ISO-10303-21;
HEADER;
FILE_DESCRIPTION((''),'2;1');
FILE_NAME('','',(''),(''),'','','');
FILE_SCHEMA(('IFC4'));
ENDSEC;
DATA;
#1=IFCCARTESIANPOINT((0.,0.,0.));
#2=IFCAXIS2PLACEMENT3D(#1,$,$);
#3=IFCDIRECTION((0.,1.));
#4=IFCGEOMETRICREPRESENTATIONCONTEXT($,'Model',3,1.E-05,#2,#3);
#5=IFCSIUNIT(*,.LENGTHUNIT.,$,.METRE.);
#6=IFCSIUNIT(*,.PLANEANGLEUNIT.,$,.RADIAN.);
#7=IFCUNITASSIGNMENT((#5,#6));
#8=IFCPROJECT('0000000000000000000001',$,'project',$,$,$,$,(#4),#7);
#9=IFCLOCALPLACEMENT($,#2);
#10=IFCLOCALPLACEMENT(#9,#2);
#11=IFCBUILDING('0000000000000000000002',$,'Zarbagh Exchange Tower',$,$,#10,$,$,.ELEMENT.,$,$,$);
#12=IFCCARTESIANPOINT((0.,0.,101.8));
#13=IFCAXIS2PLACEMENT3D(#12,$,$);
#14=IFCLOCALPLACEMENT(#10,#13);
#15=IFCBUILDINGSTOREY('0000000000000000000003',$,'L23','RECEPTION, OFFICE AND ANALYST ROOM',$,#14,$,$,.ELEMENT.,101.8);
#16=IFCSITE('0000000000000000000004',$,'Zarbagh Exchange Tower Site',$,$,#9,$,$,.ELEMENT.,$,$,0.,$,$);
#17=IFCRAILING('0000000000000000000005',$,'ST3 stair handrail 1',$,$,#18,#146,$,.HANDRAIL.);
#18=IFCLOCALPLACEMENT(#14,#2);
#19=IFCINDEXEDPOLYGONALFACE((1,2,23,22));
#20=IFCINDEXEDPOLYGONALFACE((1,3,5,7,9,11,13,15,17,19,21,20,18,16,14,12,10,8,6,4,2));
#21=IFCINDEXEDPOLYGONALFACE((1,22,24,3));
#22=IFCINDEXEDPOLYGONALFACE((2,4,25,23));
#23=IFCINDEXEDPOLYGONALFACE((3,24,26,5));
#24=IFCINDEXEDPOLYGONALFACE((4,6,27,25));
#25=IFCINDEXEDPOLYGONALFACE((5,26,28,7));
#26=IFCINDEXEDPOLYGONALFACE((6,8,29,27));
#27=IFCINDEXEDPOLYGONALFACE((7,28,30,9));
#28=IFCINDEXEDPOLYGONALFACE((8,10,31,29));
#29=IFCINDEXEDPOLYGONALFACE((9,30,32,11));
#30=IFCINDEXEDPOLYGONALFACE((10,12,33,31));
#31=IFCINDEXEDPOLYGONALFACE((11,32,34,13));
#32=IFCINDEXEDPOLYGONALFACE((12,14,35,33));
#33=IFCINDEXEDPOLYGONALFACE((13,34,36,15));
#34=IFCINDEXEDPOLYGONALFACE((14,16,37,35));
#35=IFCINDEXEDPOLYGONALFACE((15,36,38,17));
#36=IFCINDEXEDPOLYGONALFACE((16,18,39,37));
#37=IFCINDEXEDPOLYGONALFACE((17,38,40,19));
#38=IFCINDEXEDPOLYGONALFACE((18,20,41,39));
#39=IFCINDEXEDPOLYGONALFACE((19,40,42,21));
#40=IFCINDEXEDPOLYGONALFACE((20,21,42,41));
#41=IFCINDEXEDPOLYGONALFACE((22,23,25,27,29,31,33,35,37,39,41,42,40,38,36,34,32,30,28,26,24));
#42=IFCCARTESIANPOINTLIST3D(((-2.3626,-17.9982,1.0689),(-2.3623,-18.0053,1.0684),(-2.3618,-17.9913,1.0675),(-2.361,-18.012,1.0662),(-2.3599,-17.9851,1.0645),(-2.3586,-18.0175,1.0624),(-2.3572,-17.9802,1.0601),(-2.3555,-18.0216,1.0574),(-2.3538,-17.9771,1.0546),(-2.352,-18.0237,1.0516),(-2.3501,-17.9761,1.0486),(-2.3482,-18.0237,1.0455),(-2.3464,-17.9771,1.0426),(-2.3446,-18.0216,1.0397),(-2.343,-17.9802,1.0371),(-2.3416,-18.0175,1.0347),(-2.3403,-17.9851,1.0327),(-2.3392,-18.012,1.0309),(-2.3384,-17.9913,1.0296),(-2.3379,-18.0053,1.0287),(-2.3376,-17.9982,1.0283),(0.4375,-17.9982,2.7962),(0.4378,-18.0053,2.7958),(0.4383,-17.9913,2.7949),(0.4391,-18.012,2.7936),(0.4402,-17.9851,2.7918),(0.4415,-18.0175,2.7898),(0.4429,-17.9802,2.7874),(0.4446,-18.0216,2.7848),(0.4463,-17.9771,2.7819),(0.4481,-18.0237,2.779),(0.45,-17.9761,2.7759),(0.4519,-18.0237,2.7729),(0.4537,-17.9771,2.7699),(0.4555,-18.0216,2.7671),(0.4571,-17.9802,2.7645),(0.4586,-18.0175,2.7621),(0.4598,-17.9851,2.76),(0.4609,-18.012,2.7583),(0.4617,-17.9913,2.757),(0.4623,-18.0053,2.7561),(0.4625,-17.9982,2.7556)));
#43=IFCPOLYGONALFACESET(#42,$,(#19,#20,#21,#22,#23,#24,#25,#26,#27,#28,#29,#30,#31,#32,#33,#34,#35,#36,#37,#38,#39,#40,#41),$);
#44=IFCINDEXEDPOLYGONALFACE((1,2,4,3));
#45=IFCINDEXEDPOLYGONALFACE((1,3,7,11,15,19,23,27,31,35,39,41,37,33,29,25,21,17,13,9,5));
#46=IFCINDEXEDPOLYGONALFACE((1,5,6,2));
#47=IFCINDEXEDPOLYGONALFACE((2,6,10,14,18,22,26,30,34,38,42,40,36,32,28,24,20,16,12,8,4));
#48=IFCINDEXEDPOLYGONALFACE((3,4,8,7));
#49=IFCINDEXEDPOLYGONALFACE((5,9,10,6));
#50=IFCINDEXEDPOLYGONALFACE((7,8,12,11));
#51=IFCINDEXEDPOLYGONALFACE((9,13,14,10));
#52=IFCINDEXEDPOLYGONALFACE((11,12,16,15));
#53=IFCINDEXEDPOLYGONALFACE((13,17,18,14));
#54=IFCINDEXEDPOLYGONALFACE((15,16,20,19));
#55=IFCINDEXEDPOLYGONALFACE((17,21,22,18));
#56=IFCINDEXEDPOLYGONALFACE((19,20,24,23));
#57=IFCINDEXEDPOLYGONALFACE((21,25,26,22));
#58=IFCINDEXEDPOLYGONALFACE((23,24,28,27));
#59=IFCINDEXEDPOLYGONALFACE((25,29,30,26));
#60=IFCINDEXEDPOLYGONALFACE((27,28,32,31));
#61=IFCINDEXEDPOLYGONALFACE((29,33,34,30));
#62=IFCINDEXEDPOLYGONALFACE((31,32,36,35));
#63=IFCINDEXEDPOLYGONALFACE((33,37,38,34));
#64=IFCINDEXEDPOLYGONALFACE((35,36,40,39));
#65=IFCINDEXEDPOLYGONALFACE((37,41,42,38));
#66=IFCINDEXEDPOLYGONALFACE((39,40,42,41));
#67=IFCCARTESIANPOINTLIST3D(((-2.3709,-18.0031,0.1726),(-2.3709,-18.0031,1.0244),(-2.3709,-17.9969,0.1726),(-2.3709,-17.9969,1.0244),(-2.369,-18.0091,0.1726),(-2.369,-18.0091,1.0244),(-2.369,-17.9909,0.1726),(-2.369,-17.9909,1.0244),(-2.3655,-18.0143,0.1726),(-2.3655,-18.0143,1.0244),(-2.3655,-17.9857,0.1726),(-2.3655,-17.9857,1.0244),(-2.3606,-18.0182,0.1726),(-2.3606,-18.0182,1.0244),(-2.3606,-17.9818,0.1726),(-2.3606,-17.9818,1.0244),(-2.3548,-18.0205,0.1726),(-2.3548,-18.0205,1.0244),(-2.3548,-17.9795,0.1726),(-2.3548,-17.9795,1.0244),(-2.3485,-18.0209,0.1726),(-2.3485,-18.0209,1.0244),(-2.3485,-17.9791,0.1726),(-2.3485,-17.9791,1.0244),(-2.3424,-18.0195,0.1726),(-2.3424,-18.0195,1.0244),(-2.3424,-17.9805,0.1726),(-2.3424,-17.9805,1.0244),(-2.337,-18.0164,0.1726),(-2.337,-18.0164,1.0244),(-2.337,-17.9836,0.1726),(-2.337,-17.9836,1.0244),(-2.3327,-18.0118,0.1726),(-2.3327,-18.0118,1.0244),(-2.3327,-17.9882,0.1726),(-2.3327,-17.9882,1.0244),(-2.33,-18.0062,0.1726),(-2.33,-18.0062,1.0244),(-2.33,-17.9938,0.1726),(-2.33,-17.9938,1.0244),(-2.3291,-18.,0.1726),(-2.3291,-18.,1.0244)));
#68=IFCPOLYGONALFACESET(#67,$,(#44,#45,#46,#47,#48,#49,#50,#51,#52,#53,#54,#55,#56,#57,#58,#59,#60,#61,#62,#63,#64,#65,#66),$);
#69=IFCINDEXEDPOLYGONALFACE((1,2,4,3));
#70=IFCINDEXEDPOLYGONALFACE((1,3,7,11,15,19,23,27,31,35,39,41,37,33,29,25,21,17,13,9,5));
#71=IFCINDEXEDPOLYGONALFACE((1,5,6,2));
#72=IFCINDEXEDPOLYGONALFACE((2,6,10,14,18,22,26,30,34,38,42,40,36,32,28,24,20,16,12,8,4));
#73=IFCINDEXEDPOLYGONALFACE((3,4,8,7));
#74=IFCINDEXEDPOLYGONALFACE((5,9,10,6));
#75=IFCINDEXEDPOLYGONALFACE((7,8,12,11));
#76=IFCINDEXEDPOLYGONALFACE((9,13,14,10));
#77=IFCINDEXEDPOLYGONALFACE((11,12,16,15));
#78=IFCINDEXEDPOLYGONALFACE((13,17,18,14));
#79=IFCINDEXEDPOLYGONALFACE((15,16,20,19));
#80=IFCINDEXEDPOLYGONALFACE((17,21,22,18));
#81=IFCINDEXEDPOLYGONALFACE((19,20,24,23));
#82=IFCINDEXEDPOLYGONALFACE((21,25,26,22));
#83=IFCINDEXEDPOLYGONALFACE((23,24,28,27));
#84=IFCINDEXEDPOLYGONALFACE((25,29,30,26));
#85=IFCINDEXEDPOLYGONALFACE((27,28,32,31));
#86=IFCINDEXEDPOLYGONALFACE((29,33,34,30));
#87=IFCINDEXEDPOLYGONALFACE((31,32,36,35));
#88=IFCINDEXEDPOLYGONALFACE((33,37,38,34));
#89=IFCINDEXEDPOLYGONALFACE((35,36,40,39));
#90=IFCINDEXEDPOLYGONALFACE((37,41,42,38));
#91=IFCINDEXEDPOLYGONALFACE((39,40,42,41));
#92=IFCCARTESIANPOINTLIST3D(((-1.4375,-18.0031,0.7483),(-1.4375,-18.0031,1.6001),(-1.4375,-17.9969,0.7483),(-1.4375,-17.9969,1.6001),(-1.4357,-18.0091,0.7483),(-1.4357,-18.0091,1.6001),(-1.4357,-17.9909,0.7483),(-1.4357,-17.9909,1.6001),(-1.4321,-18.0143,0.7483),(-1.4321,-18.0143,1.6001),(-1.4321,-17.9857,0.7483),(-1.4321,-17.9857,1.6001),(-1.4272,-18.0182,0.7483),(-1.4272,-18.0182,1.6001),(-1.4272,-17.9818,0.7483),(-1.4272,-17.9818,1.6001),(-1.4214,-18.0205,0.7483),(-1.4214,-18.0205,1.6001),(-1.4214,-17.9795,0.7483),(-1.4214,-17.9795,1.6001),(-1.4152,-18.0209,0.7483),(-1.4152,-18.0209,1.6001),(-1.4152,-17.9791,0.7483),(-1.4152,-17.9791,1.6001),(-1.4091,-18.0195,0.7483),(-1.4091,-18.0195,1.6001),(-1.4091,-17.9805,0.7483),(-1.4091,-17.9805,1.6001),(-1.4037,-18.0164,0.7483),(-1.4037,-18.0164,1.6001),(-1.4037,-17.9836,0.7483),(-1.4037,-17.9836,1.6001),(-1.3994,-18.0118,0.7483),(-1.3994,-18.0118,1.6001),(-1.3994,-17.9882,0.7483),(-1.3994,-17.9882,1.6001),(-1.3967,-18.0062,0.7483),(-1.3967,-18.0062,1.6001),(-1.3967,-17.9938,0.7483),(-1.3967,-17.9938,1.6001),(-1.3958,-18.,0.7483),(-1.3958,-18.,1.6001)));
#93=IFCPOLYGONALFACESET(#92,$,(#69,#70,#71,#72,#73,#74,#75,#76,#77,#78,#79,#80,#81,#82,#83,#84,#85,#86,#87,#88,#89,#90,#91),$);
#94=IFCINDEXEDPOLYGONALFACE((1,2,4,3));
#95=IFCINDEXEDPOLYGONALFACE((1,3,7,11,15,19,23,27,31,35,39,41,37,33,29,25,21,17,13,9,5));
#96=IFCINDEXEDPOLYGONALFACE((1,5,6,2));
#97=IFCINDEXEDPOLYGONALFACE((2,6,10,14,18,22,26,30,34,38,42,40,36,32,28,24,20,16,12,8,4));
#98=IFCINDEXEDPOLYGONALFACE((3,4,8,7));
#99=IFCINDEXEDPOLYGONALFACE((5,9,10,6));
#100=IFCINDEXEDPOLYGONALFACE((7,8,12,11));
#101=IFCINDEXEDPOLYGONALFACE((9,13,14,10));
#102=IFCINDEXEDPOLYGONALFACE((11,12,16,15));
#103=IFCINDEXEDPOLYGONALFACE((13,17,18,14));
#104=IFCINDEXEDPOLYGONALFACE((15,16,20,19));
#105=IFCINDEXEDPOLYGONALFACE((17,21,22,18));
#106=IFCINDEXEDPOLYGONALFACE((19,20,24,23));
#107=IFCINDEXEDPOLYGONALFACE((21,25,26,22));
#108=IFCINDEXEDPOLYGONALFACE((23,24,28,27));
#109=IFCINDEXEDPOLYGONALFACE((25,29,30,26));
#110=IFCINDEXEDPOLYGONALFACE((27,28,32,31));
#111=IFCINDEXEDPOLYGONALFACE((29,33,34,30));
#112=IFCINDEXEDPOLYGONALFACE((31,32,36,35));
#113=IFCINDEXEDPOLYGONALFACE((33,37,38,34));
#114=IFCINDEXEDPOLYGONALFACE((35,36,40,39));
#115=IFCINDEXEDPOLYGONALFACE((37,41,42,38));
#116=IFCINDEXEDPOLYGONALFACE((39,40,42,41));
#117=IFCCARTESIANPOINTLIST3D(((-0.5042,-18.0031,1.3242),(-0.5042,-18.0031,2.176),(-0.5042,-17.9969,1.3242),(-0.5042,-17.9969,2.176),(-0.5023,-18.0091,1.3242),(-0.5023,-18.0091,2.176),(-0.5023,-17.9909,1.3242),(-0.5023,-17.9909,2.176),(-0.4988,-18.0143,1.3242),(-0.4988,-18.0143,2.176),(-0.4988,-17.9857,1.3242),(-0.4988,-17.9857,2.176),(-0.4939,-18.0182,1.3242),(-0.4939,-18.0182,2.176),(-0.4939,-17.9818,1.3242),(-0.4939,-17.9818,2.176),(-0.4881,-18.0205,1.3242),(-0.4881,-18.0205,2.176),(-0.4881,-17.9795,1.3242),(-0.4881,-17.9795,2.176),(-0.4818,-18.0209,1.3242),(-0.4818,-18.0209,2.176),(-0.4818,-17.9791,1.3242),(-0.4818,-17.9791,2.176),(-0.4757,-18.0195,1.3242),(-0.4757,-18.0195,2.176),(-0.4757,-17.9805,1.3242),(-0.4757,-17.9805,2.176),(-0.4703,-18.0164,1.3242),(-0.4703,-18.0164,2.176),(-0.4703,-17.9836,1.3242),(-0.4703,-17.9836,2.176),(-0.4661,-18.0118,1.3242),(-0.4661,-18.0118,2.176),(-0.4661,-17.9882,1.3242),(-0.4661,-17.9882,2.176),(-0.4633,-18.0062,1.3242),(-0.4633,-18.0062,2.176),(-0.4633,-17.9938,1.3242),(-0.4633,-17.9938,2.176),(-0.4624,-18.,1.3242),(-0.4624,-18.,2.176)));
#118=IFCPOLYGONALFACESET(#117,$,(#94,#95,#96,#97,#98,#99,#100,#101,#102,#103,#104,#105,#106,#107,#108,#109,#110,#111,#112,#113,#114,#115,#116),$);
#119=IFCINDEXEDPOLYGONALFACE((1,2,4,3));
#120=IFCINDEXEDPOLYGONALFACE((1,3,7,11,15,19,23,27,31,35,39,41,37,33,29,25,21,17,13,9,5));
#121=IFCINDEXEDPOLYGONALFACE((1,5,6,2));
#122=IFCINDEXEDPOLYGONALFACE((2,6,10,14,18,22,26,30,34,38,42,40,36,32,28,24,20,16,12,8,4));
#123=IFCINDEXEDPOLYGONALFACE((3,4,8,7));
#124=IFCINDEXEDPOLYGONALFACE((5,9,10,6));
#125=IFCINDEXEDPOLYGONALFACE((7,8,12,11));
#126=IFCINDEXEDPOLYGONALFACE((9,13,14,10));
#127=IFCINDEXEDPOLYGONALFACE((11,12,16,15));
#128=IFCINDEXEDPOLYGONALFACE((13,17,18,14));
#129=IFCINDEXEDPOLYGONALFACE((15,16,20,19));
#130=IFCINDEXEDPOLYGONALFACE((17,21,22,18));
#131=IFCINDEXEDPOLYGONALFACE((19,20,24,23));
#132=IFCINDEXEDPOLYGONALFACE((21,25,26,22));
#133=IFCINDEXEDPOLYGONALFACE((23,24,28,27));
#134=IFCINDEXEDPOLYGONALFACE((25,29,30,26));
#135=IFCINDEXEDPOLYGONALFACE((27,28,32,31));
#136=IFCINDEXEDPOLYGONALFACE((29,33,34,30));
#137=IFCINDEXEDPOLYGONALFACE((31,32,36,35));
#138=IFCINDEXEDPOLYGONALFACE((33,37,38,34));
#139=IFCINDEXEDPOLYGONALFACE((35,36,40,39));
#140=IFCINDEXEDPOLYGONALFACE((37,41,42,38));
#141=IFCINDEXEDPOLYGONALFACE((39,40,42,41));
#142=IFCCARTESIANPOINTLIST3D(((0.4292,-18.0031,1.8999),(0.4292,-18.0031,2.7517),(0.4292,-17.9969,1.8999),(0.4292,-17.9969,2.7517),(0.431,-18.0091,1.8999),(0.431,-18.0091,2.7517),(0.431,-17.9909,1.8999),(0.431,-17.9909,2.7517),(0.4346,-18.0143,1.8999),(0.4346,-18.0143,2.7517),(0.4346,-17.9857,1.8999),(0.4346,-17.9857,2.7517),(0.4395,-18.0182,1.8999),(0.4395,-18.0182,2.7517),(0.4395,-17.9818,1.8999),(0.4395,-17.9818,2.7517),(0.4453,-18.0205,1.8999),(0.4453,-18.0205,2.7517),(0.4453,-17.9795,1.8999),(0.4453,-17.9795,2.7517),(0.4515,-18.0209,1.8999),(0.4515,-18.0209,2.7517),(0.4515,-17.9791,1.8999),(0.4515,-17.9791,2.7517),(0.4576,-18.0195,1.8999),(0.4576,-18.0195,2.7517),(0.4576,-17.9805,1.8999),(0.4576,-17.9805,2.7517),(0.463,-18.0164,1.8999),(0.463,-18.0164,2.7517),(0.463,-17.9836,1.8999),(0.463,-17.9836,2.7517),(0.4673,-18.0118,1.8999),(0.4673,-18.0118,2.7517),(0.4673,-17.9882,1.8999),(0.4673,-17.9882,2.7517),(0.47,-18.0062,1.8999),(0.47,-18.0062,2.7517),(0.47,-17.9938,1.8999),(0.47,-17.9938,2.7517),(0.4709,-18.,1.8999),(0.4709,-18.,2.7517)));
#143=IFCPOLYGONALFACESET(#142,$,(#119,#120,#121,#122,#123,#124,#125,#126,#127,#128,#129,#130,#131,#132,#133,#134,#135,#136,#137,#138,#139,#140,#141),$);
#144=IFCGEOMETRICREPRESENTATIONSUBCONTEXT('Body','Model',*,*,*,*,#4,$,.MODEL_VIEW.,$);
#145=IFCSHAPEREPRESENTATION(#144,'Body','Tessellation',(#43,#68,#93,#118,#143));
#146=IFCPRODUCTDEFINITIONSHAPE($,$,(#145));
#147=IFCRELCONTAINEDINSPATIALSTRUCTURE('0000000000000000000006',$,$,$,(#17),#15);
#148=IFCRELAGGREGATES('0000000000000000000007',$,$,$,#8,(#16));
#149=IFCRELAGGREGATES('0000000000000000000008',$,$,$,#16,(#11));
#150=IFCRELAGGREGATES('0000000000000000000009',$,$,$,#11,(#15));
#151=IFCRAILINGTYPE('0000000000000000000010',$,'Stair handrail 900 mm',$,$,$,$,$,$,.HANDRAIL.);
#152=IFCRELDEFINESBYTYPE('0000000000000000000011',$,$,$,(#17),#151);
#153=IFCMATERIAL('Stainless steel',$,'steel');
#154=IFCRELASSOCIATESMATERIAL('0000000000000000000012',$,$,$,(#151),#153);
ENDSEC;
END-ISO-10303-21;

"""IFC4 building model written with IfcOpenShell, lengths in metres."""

from ifc_helpers import new_model, si_unit, direction, frame, origin, origin_2d, place, context, subcontext, project, spatial, circle, extrude, material, type_object, element, save


model = new_model("IFC4")

# Units and contexts
model_context = context("Model", 3, precision=1e-05, world=origin(), true_north=direction((0.0, 1.0)))
body_context = subcontext(model_context, "Body", "Model", "MODEL_VIEW")
ifc_project = project(units=[si_unit("LENGTHUNIT", "METRE"), si_unit("PLANEANGLEUNIT", "RADIAN")], contexts=[model_context])

# Site, building, storey
site_placement = place(None, origin())
site = spatial("IfcSite", under=ifc_project, at=site_placement, Name="Zarbagh Exchange Tower Site", CompositionType="ELEMENT", RefElevation=0.0)
building_placement = place(site_placement, origin())
building = spatial("IfcBuilding", under=site, at=building_placement, Name="Zarbagh Exchange Tower", CompositionType="ELEMENT")
storey_placement = place(building_placement, frame((0.0, 0.0, 101.8)))
storey = spatial("IfcBuildingStorey", under=building, at=storey_placement, Name="L23", Description="RECEPTION, OFFICE AND ANALYST ROOM", CompositionType="ELEMENT", Elevation=101.8)

# Shared definitions
ifc_material_1 = material(Name="Stainless steel", Category="steel")

# Railing
railing_type = type_object("IfcRailingType", Name="Stair handrail 900 mm", PredefinedType="HANDRAIL", material=ifc_material_1)
for number, where, name in (
    (1, (-2.3501, -18.0, 0.1726), "ST3 stair handrail 1"),
):
    element("IfcRailing", number, at=place(storey_placement, frame(where)), inside=storey, type_object=railing_type, Name=name, PredefinedType="HANDRAIL", context=body_context, shape_type="SweptSolid", body=[
        extrude(circle(Radius=0.0239, at=origin_2d()), frame((0.0, 0.0, 0.876), z_axis=(0.85109, 0.0, 0.52502), x_axis=(0.0, 1.0, 0.0)), (0.0, 0.0, 1.0), 3.29),
        extrude(circle(Radius=0.021, at=origin_2d()), origin(), (0.0, 0.0, 1.0), 0.8518),
        extrude(circle(Radius=0.021, at=origin_2d()), frame((0.9333, 0.0, 0.5757)), (0.0, 0.0, 1.0), 0.8518),
        extrude(circle(Radius=0.021, at=origin_2d()), frame((1.8667, 0.0, 1.1516)), (0.0, 0.0, 1.0), 0.8518),
        extrude(circle(Radius=0.021, at=origin_2d()), frame((2.8, 0.0, 1.7273)), (0.0, 0.0, 1.0), 0.8518),
    ])

save(model, "model.ifc")
